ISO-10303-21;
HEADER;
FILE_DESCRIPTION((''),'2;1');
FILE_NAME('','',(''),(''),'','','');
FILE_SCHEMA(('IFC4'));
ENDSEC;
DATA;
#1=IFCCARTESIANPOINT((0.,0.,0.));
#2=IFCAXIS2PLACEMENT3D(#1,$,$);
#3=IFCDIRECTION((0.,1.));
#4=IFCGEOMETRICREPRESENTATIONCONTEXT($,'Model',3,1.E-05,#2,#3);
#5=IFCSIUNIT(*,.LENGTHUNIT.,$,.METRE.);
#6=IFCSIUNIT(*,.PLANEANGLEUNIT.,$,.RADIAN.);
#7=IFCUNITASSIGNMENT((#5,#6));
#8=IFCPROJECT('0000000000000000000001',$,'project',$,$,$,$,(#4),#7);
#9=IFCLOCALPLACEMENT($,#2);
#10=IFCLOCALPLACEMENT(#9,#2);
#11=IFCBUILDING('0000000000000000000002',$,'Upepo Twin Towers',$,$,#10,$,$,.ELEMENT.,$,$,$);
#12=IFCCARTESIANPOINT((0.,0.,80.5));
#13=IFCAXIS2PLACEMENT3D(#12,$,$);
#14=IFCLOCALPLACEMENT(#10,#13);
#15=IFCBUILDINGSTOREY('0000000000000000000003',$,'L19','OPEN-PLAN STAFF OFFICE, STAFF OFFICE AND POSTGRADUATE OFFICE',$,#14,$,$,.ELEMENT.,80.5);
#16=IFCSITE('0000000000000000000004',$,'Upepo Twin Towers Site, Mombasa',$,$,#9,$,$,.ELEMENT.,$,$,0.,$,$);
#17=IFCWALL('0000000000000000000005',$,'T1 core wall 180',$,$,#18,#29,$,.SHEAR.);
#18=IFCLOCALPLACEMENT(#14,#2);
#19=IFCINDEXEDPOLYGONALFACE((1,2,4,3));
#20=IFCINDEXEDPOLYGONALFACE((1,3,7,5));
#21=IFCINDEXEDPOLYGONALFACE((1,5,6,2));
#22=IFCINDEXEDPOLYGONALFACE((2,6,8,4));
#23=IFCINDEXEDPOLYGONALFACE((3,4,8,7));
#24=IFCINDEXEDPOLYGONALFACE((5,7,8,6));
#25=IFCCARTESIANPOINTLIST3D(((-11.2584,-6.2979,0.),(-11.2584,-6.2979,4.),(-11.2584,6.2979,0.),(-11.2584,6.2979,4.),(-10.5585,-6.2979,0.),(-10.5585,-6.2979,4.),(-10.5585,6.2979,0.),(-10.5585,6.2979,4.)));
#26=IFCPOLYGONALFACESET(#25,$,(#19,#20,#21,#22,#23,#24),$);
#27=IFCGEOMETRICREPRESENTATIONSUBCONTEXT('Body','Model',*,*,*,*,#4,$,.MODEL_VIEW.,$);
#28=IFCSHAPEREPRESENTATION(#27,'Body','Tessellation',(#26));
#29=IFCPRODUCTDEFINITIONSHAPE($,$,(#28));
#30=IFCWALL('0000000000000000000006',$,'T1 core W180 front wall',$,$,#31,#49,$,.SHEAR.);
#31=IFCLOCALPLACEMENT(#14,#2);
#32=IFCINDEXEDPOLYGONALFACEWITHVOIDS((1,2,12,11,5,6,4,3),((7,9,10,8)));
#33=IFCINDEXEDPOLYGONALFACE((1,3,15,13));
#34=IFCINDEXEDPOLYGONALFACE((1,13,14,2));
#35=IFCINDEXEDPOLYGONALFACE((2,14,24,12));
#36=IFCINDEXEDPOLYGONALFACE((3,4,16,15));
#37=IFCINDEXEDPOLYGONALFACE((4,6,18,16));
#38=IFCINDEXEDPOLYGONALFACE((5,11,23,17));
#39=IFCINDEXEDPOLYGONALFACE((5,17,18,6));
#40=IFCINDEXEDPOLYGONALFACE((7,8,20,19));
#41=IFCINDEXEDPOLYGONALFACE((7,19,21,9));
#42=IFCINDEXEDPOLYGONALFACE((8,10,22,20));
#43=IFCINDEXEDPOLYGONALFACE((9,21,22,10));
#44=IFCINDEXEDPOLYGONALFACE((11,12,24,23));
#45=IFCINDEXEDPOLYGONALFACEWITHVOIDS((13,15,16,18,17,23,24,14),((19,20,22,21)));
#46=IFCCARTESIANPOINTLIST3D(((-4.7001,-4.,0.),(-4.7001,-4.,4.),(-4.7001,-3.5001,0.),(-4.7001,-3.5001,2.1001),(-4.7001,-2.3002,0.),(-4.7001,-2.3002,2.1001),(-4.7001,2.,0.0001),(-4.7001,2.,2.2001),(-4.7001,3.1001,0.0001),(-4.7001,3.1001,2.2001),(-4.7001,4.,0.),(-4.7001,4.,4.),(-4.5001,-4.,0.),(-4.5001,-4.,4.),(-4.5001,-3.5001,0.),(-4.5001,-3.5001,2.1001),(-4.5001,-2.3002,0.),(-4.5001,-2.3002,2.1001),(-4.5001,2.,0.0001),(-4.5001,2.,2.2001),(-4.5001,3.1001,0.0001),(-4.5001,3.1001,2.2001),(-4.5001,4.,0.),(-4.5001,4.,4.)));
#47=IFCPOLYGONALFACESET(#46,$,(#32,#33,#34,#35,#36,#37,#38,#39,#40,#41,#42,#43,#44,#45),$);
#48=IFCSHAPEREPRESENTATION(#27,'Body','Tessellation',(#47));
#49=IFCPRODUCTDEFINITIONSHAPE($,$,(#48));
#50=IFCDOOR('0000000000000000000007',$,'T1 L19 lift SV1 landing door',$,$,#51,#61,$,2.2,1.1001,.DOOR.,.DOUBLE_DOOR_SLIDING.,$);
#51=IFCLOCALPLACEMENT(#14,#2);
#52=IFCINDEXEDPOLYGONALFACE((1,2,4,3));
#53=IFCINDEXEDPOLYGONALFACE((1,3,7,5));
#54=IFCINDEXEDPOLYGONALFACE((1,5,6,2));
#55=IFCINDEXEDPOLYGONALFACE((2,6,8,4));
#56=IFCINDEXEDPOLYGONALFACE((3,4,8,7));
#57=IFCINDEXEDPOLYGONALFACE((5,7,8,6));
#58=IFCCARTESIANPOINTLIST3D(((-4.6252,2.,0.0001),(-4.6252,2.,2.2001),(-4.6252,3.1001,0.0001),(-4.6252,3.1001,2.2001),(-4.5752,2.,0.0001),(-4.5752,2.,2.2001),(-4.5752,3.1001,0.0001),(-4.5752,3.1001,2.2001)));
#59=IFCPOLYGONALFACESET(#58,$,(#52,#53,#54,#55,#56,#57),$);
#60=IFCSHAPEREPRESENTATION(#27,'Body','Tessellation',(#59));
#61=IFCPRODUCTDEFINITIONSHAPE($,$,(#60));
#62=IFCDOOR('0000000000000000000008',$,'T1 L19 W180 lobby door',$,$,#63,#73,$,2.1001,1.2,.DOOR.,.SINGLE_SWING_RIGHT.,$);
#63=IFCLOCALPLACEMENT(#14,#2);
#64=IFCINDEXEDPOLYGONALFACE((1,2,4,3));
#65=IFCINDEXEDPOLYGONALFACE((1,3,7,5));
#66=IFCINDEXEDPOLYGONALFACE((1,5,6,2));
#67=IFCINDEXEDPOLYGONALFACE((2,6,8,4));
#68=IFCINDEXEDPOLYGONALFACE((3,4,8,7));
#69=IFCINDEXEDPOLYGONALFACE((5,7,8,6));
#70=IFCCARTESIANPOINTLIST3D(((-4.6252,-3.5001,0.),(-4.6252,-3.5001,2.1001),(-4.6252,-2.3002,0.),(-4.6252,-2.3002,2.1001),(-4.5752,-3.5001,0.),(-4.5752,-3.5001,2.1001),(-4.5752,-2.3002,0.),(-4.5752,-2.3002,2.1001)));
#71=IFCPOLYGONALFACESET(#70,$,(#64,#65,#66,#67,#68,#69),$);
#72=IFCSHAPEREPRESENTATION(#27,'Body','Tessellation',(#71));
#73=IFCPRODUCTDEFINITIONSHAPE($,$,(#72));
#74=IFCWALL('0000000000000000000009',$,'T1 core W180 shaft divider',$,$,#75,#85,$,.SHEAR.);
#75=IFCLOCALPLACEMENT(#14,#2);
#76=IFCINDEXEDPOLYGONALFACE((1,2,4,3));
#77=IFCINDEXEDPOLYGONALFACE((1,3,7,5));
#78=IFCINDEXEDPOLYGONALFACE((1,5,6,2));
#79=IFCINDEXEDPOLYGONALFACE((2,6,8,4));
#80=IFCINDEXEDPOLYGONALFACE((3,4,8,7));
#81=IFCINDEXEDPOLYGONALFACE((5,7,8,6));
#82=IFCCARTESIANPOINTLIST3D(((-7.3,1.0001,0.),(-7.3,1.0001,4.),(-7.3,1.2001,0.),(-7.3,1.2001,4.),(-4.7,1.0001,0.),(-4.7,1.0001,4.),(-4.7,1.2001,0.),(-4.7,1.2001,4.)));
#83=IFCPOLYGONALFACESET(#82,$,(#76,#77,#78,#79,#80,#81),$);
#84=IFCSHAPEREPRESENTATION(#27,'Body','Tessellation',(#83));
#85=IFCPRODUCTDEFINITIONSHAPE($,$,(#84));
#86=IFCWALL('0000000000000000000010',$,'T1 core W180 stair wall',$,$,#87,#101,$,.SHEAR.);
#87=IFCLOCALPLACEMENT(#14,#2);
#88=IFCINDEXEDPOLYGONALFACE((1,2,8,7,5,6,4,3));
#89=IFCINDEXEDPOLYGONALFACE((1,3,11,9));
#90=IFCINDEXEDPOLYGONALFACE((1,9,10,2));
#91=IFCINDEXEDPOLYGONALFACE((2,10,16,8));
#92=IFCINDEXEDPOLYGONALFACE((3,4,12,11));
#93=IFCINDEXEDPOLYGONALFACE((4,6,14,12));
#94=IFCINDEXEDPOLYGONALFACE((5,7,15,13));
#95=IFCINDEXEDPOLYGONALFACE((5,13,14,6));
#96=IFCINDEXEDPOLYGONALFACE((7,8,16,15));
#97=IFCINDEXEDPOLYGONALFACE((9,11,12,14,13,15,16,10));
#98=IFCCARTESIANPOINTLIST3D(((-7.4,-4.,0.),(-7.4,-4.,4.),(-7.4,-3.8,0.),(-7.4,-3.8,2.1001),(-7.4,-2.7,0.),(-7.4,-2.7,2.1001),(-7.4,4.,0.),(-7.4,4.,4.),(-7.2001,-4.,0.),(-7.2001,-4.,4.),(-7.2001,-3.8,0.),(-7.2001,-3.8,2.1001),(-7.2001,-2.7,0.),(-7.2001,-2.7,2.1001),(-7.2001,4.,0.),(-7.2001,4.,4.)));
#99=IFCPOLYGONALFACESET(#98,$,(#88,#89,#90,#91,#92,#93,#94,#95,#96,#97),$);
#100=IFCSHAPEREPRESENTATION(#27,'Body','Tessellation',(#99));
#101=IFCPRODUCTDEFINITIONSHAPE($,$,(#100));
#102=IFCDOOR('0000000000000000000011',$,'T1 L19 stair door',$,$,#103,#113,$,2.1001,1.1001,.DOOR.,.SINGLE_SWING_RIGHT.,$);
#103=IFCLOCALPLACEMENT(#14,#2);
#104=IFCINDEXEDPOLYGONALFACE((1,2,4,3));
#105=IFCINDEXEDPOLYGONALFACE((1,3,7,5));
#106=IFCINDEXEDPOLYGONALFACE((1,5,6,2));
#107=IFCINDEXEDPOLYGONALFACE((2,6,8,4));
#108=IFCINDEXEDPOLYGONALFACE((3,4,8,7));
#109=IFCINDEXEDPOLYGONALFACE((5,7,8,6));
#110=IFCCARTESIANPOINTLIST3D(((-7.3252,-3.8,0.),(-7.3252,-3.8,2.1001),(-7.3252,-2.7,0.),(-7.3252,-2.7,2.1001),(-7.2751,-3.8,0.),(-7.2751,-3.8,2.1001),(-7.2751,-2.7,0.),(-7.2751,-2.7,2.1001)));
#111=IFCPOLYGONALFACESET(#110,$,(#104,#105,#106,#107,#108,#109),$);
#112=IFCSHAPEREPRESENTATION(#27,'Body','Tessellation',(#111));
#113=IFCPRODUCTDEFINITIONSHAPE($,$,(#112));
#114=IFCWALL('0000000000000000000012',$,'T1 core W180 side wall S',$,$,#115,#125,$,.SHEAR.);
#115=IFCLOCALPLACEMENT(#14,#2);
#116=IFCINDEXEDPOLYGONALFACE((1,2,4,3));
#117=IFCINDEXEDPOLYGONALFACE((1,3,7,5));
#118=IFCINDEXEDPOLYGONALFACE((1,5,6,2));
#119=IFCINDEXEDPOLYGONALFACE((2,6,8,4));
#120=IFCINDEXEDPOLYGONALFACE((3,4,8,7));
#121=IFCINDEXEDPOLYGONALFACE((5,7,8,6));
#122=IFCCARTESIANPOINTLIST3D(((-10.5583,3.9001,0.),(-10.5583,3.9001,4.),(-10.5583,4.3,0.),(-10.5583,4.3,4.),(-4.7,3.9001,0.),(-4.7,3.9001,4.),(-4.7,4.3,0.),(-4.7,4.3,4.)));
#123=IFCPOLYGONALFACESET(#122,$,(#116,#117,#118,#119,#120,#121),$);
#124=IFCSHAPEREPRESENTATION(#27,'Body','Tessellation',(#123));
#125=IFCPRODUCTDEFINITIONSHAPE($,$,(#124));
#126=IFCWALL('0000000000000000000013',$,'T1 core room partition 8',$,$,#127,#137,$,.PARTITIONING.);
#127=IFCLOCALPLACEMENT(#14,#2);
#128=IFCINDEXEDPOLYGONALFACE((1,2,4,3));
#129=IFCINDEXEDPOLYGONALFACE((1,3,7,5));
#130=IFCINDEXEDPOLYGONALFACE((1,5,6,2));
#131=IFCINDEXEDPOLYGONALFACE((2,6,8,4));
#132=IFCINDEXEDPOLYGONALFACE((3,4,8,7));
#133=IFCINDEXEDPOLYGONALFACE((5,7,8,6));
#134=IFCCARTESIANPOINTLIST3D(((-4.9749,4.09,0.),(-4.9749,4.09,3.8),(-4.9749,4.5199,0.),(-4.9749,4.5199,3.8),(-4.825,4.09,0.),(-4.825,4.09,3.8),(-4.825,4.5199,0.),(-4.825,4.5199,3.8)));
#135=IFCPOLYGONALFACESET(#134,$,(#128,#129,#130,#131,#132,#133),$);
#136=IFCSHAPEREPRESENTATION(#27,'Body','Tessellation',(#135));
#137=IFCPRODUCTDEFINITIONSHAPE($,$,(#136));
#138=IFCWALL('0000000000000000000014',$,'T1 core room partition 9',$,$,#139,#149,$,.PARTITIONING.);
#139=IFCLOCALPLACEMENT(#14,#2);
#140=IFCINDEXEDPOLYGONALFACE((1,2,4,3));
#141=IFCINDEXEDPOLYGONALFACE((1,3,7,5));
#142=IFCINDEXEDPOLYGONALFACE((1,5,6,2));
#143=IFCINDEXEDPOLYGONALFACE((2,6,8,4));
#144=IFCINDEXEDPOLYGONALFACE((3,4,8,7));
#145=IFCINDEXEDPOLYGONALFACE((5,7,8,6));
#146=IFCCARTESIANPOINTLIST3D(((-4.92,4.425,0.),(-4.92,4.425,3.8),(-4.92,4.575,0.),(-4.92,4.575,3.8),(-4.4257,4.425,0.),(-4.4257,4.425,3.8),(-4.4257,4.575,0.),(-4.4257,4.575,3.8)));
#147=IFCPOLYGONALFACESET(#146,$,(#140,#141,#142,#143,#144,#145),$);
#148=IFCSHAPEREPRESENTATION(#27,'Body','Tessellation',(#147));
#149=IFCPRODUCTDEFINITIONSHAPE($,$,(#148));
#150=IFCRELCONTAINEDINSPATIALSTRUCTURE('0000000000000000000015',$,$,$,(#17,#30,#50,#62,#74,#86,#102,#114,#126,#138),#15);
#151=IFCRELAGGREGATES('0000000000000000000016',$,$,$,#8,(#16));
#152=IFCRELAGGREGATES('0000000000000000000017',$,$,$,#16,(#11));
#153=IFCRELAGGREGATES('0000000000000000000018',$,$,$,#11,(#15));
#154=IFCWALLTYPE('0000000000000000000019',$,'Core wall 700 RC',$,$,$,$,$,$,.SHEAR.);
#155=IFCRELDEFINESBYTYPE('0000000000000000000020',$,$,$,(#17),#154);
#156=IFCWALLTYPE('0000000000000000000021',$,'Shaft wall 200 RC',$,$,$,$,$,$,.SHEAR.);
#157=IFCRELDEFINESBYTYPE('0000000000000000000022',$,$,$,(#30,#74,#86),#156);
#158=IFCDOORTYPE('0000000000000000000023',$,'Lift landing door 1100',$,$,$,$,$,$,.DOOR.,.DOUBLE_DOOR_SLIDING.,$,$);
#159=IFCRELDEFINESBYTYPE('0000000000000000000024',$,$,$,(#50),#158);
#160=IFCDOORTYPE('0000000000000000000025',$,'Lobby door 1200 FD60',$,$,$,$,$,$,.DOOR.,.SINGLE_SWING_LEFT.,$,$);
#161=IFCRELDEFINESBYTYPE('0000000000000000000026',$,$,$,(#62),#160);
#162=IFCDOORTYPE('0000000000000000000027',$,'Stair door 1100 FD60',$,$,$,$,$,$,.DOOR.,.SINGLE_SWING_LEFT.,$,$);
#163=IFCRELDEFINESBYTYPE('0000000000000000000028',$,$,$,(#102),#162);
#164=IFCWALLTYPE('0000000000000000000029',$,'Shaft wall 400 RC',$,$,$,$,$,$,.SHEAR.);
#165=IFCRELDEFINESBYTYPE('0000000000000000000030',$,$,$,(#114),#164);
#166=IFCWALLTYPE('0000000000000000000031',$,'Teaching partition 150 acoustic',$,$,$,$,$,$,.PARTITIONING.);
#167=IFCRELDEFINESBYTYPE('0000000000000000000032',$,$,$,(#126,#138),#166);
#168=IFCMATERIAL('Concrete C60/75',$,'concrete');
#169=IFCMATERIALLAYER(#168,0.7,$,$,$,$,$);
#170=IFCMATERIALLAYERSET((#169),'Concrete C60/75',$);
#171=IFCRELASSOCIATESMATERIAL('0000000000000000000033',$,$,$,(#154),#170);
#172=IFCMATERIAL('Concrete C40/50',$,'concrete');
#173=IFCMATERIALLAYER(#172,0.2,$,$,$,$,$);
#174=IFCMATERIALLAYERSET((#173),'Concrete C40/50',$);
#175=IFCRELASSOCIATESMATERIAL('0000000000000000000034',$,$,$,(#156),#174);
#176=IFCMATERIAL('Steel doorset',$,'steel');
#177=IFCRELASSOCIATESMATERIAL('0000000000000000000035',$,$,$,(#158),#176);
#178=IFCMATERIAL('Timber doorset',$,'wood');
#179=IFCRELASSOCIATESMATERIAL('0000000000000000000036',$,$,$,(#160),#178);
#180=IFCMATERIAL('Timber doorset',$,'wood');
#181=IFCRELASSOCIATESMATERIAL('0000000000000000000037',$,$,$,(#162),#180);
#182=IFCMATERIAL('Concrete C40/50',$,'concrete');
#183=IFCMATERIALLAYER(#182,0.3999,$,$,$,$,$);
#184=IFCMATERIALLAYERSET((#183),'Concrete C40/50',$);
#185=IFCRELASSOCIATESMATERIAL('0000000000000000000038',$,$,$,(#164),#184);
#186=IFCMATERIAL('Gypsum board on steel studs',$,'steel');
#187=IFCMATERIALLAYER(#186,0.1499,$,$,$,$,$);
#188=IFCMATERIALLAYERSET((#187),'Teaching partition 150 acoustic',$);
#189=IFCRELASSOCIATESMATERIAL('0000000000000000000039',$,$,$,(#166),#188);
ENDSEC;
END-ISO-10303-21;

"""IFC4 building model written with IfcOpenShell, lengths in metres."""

from ifc_helpers import new_model, si_unit, direction, frame, frame_2d, origin, place, context, subcontext, project, spatial, rectangle, extrude, material, layer, layer_set, type_object, element, fill, save


model = new_model("IFC4")

# Units and contexts
model_context = context("Model", 3, precision=1e-05, world=origin(), true_north=direction((0.0, 1.0)))
body_context = subcontext(model_context, "Body", "Model", "MODEL_VIEW")
ifc_project = project(units=[si_unit("LENGTHUNIT", "METRE"), si_unit("PLANEANGLEUNIT", "RADIAN")], contexts=[model_context])

# Site, building, storey
site_placement = place(None, origin())
site = spatial("IfcSite", under=ifc_project, at=site_placement, Name="Upepo Twin Towers Site, Mombasa", CompositionType="ELEMENT", RefElevation=0.0)
building_placement = place(site_placement, origin())
building = spatial("IfcBuilding", under=site, at=building_placement, Name="Upepo Twin Towers", CompositionType="ELEMENT")
storey_placement = place(building_placement, frame((0.0, 0.0, 80.5)))
storey = spatial("IfcBuildingStorey", under=building, at=storey_placement, Name="L19", Description="OPEN-PLAN STAFF OFFICE, STAFF OFFICE AND POSTGRADUATE OFFICE", CompositionType="ELEMENT", Elevation=80.5)

# Wall
ifc_material_1 = material(Name="Concrete C60/75", Category="concrete")
ifc_layer_1 = layer(ifc_material_1, 0.7)
ifc_layer_set_1 = layer_set([ifc_layer_1], Name="Concrete C60/75")
wall_type_1 = type_object("IfcWallType", Name="Core wall 700 RC", PredefinedType="SHEAR", material=ifc_layer_set_1)
wall_1_placement = place(storey_placement, frame((-10.9084, 6.2979, 0.0), z_axis=(0.0, 0.0, 1.0), x_axis=(0.0, -1.0, 0.0)))
element("IfcWall", 1, at=wall_1_placement, inside=storey, type_object=wall_type_1, Name="T1 core wall 180", PredefinedType="SHEAR", context=body_context, shape_type="SweptSolid", body=[
    extrude(rectangle(XDim=12.5957, YDim=0.7, at=frame_2d((6.2979, 0.0))), origin(), (0.0, 0.0, 1.0), 4.0),
])

# Wall, openings, doors
ifc_material_2 = material(Name="Concrete C40/50", Category="concrete")
ifc_layer_2 = layer(ifc_material_2, 0.2)
ifc_layer_set_2 = layer_set([ifc_layer_2], Name="Concrete C40/50")
wall_type_2 = type_object("IfcWallType", Name="Shaft wall 200 RC", PredefinedType="SHEAR", material=ifc_layer_set_2)
wall_2_placement = place(storey_placement, frame((-4.6001, 4.0, 0.0), z_axis=(0.0, 0.0, 1.0), x_axis=(0.0, -1.0, 0.0)))
wall_2 = element("IfcWall", 2, at=wall_2_placement, inside=storey, type_object=wall_type_2, Name="T1 core W180 front wall", PredefinedType="SHEAR", context=body_context, shape_type="SweptSolid", body=[
    extrude(rectangle(XDim=8.0, YDim=0.2, at=frame_2d((4.0, 0.0))), origin(), (0.0, 0.0, 1.0), 4.0),
])
opening_1_placement = place(wall_2_placement, frame((6.3, 0.0, 0.0)))
opening_1 = element("IfcOpeningElement", 3, at=opening_1_placement, cuts=wall_2, PredefinedType="OPENING", context=body_context, shape_type="SweptSolid", body=[
    extrude(rectangle(XDim=1.2, YDim=2.1001, at=frame_2d((0.6001, 1.05))), frame((0.0, 0.1099, 0.0), z_axis=(0.0, -1.0, 0.0), x_axis=(1.0, 0.0, 0.0)), (0.0, 0.0, 1.0), 0.22),
])
opening_2_placement = place(wall_2_placement, frame((0.8999, 0.0, 0.0)))
opening_2 = element("IfcOpeningElement", 4, at=opening_2_placement, cuts=wall_2, PredefinedType="OPENING", context=body_context, shape_type="SweptSolid", body=[
    extrude(rectangle(XDim=1.1001, YDim=2.2, at=frame_2d((0.55, 1.1001))), frame((0.0, 0.1099, 0.0), z_axis=(0.0, -1.0, 0.0), x_axis=(1.0, 0.0, 0.0)), (0.0, 0.0, 1.0), 0.22),
])
ifc_material_3 = material(Name="Steel doorset", Category="steel")
door_type_1 = type_object("IfcDoorType", Name="Lift landing door 1100", OperationType="DOUBLE_DOOR_SLIDING", PredefinedType="DOOR", material=ifc_material_3)
door_1_placement = place(opening_2_placement, origin())
door_1 = element("IfcDoor", 5, at=door_1_placement, inside=storey, type_object=door_type_1, Name="T1 L19 lift SV1 landing door", OperationType="DOUBLE_DOOR_SLIDING", OverallHeight=2.2, OverallWidth=1.1001, PredefinedType="DOOR", context=body_context, shape_type="SweptSolid", body=[
    extrude(rectangle(XDim=1.1001, YDim=2.2, at=frame_2d((0.55, 1.1001))), frame((0.0, 0.0249, 0.0), z_axis=(0.0, -1.0, 0.0), x_axis=(1.0, 0.0, 0.0)), (0.0, 0.0, 1.0), 0.05),
])
fill(opening_2, door_1)
ifc_material_4 = material(Name="Timber doorset", Category="wood")
door_type_2 = type_object("IfcDoorType", Name="Lobby door 1200 FD60", OperationType="SINGLE_SWING_LEFT", PredefinedType="DOOR", material=ifc_material_4)
door_2_placement = place(opening_1_placement, origin())
door_2 = element("IfcDoor", 6, at=door_2_placement, inside=storey, type_object=door_type_2, Name="T1 L19 W180 lobby door", OperationType="SINGLE_SWING_RIGHT", OverallHeight=2.1001, OverallWidth=1.2, PredefinedType="DOOR", context=body_context, shape_type="SweptSolid", body=[
    extrude(rectangle(XDim=1.2, YDim=2.1001, at=frame_2d((0.6001, 1.05))), frame((0.0, 0.0249, 0.0), z_axis=(0.0, -1.0, 0.0), x_axis=(1.0, 0.0, 0.0)), (0.0, 0.0, 1.0), 0.05),
])
fill(opening_1, door_2)

# Wall
wall_3_placement = place(storey_placement, frame((-4.7, 1.1001, 0.0), z_axis=(0.0, 0.0, 1.0), x_axis=(-1.0, 0.0, 0.0)))
element("IfcWall", 7, at=wall_3_placement, inside=storey, type_object=wall_type_2, Name="T1 core W180 shaft divider", PredefinedType="SHEAR", context=body_context, shape_type="SweptSolid", body=[
    extrude(rectangle(XDim=2.6001, YDim=0.2, at=frame_2d((1.3, 0.0))), origin(), (0.0, 0.0, 1.0), 4.0),
])

# Wall, opening, door
wall_4_placement = place(storey_placement, frame((-7.3, 4.0, 0.0), z_axis=(0.0, 0.0, 1.0), x_axis=(0.0, -1.0, 0.0)))
wall_4 = element("IfcWall", 8, at=wall_4_placement, inside=storey, type_object=wall_type_2, Name="T1 core W180 stair wall", PredefinedType="SHEAR", context=body_context, shape_type="SweptSolid", body=[
    extrude(rectangle(XDim=8.0, YDim=0.2, at=frame_2d((4.0, 0.0))), origin(), (0.0, 0.0, 1.0), 4.0),
])
opening_3_placement = place(wall_4_placement, frame((6.7, 0.0, 0.0)))
opening_3 = element("IfcOpeningElement", 9, at=opening_3_placement, cuts=wall_4, PredefinedType="OPENING", context=body_context, shape_type="SweptSolid", body=[
    extrude(rectangle(XDim=1.1001, YDim=2.1001, at=frame_2d((0.55, 1.05))), frame((0.0, 0.1099, 0.0), z_axis=(0.0, -1.0, 0.0), x_axis=(1.0, 0.0, 0.0)), (0.0, 0.0, 1.0), 0.22),
])
ifc_material_5 = material(Name="Timber doorset", Category="wood")
door_type_3 = type_object("IfcDoorType", Name="Stair door 1100 FD60", OperationType="SINGLE_SWING_LEFT", PredefinedType="DOOR", material=ifc_material_5)
door_3_placement = place(opening_3_placement, origin())
door_3 = element("IfcDoor", 10, at=door_3_placement, inside=storey, type_object=door_type_3, Name="T1 L19 stair door", OperationType="SINGLE_SWING_RIGHT", OverallHeight=2.1001, OverallWidth=1.1001, PredefinedType="DOOR", context=body_context, shape_type="SweptSolid", body=[
    extrude(rectangle(XDim=1.1001, YDim=2.1001, at=frame_2d((0.55, 1.05))), frame((0.0, 0.0249, 0.0), z_axis=(0.0, -1.0, 0.0), x_axis=(1.0, 0.0, 0.0)), (0.0, 0.0, 1.0), 0.05),
])
fill(opening_3, door_3)

# Walls
ifc_material_6 = material(Name="Concrete C40/50", Category="concrete")
ifc_layer_3 = layer(ifc_material_6, 0.3999)
ifc_layer_set_3 = layer_set([ifc_layer_3], Name="Concrete C40/50")
wall_type_3 = type_object("IfcWallType", Name="Shaft wall 400 RC", PredefinedType="SHEAR", material=ifc_layer_set_3)
wall_5_placement = place(storey_placement, frame((-4.7, 4.1001, 0.0), z_axis=(0.0, 0.0, 1.0), x_axis=(-1.0, 0.0, 0.0)))
element("IfcWall", 11, at=wall_5_placement, inside=storey, type_object=wall_type_3, Name="T1 core W180 side wall S", PredefinedType="SHEAR", context=body_context, shape_type="SweptSolid", body=[
    extrude(rectangle(XDim=5.8584, YDim=0.3999, at=frame_2d((2.9292, 0.0))), origin(), (0.0, 0.0, 1.0), 4.0),
])
ifc_material_7 = material(Name="Gypsum board on steel studs", Category="steel")
ifc_layer_4 = layer(ifc_material_7, 0.1499)
ifc_layer_set_4 = layer_set([ifc_layer_4], Name="Teaching partition 150 acoustic")
wall_type_4 = type_object("IfcWallType", Name="Teaching partition 150 acoustic", PredefinedType="PARTITIONING", material=ifc_layer_set_4)
wall_6_placement = place(storey_placement, frame((-4.8999, 4.0901, 0.0), z_axis=(0.0, 0.0, 1.0), x_axis=(0.0, 1.0, 0.0)))
element("IfcWall", 12, at=wall_6_placement, inside=storey, type_object=wall_type_4, Name="T1 core room partition 8", PredefinedType="PARTITIONING", context=body_context, shape_type="SweptSolid", body=[
    extrude(rectangle(XDim=0.4299, YDim=0.1499, at=frame_2d((0.2148, 0.0))), origin(), (0.0, 0.0, 1.0), 3.8),
])
wall_7_placement = place(storey_placement, frame((-4.9199, 4.5, 0.0), z_axis=(0.0, 0.0, 1.0), x_axis=(1.0, 0.0, 0.0)))
element("IfcWall", 13, at=wall_7_placement, inside=storey, type_object=wall_type_4, Name="T1 core room partition 9", PredefinedType="PARTITIONING", context=body_context, shape_type="SweptSolid", body=[
    extrude(rectangle(XDim=0.4944, YDim=0.1499, at=frame_2d((0.2471, 0.0))), origin(), (0.0, 0.0, 1.0), 3.8),
])

save(model, "model.ifc")
